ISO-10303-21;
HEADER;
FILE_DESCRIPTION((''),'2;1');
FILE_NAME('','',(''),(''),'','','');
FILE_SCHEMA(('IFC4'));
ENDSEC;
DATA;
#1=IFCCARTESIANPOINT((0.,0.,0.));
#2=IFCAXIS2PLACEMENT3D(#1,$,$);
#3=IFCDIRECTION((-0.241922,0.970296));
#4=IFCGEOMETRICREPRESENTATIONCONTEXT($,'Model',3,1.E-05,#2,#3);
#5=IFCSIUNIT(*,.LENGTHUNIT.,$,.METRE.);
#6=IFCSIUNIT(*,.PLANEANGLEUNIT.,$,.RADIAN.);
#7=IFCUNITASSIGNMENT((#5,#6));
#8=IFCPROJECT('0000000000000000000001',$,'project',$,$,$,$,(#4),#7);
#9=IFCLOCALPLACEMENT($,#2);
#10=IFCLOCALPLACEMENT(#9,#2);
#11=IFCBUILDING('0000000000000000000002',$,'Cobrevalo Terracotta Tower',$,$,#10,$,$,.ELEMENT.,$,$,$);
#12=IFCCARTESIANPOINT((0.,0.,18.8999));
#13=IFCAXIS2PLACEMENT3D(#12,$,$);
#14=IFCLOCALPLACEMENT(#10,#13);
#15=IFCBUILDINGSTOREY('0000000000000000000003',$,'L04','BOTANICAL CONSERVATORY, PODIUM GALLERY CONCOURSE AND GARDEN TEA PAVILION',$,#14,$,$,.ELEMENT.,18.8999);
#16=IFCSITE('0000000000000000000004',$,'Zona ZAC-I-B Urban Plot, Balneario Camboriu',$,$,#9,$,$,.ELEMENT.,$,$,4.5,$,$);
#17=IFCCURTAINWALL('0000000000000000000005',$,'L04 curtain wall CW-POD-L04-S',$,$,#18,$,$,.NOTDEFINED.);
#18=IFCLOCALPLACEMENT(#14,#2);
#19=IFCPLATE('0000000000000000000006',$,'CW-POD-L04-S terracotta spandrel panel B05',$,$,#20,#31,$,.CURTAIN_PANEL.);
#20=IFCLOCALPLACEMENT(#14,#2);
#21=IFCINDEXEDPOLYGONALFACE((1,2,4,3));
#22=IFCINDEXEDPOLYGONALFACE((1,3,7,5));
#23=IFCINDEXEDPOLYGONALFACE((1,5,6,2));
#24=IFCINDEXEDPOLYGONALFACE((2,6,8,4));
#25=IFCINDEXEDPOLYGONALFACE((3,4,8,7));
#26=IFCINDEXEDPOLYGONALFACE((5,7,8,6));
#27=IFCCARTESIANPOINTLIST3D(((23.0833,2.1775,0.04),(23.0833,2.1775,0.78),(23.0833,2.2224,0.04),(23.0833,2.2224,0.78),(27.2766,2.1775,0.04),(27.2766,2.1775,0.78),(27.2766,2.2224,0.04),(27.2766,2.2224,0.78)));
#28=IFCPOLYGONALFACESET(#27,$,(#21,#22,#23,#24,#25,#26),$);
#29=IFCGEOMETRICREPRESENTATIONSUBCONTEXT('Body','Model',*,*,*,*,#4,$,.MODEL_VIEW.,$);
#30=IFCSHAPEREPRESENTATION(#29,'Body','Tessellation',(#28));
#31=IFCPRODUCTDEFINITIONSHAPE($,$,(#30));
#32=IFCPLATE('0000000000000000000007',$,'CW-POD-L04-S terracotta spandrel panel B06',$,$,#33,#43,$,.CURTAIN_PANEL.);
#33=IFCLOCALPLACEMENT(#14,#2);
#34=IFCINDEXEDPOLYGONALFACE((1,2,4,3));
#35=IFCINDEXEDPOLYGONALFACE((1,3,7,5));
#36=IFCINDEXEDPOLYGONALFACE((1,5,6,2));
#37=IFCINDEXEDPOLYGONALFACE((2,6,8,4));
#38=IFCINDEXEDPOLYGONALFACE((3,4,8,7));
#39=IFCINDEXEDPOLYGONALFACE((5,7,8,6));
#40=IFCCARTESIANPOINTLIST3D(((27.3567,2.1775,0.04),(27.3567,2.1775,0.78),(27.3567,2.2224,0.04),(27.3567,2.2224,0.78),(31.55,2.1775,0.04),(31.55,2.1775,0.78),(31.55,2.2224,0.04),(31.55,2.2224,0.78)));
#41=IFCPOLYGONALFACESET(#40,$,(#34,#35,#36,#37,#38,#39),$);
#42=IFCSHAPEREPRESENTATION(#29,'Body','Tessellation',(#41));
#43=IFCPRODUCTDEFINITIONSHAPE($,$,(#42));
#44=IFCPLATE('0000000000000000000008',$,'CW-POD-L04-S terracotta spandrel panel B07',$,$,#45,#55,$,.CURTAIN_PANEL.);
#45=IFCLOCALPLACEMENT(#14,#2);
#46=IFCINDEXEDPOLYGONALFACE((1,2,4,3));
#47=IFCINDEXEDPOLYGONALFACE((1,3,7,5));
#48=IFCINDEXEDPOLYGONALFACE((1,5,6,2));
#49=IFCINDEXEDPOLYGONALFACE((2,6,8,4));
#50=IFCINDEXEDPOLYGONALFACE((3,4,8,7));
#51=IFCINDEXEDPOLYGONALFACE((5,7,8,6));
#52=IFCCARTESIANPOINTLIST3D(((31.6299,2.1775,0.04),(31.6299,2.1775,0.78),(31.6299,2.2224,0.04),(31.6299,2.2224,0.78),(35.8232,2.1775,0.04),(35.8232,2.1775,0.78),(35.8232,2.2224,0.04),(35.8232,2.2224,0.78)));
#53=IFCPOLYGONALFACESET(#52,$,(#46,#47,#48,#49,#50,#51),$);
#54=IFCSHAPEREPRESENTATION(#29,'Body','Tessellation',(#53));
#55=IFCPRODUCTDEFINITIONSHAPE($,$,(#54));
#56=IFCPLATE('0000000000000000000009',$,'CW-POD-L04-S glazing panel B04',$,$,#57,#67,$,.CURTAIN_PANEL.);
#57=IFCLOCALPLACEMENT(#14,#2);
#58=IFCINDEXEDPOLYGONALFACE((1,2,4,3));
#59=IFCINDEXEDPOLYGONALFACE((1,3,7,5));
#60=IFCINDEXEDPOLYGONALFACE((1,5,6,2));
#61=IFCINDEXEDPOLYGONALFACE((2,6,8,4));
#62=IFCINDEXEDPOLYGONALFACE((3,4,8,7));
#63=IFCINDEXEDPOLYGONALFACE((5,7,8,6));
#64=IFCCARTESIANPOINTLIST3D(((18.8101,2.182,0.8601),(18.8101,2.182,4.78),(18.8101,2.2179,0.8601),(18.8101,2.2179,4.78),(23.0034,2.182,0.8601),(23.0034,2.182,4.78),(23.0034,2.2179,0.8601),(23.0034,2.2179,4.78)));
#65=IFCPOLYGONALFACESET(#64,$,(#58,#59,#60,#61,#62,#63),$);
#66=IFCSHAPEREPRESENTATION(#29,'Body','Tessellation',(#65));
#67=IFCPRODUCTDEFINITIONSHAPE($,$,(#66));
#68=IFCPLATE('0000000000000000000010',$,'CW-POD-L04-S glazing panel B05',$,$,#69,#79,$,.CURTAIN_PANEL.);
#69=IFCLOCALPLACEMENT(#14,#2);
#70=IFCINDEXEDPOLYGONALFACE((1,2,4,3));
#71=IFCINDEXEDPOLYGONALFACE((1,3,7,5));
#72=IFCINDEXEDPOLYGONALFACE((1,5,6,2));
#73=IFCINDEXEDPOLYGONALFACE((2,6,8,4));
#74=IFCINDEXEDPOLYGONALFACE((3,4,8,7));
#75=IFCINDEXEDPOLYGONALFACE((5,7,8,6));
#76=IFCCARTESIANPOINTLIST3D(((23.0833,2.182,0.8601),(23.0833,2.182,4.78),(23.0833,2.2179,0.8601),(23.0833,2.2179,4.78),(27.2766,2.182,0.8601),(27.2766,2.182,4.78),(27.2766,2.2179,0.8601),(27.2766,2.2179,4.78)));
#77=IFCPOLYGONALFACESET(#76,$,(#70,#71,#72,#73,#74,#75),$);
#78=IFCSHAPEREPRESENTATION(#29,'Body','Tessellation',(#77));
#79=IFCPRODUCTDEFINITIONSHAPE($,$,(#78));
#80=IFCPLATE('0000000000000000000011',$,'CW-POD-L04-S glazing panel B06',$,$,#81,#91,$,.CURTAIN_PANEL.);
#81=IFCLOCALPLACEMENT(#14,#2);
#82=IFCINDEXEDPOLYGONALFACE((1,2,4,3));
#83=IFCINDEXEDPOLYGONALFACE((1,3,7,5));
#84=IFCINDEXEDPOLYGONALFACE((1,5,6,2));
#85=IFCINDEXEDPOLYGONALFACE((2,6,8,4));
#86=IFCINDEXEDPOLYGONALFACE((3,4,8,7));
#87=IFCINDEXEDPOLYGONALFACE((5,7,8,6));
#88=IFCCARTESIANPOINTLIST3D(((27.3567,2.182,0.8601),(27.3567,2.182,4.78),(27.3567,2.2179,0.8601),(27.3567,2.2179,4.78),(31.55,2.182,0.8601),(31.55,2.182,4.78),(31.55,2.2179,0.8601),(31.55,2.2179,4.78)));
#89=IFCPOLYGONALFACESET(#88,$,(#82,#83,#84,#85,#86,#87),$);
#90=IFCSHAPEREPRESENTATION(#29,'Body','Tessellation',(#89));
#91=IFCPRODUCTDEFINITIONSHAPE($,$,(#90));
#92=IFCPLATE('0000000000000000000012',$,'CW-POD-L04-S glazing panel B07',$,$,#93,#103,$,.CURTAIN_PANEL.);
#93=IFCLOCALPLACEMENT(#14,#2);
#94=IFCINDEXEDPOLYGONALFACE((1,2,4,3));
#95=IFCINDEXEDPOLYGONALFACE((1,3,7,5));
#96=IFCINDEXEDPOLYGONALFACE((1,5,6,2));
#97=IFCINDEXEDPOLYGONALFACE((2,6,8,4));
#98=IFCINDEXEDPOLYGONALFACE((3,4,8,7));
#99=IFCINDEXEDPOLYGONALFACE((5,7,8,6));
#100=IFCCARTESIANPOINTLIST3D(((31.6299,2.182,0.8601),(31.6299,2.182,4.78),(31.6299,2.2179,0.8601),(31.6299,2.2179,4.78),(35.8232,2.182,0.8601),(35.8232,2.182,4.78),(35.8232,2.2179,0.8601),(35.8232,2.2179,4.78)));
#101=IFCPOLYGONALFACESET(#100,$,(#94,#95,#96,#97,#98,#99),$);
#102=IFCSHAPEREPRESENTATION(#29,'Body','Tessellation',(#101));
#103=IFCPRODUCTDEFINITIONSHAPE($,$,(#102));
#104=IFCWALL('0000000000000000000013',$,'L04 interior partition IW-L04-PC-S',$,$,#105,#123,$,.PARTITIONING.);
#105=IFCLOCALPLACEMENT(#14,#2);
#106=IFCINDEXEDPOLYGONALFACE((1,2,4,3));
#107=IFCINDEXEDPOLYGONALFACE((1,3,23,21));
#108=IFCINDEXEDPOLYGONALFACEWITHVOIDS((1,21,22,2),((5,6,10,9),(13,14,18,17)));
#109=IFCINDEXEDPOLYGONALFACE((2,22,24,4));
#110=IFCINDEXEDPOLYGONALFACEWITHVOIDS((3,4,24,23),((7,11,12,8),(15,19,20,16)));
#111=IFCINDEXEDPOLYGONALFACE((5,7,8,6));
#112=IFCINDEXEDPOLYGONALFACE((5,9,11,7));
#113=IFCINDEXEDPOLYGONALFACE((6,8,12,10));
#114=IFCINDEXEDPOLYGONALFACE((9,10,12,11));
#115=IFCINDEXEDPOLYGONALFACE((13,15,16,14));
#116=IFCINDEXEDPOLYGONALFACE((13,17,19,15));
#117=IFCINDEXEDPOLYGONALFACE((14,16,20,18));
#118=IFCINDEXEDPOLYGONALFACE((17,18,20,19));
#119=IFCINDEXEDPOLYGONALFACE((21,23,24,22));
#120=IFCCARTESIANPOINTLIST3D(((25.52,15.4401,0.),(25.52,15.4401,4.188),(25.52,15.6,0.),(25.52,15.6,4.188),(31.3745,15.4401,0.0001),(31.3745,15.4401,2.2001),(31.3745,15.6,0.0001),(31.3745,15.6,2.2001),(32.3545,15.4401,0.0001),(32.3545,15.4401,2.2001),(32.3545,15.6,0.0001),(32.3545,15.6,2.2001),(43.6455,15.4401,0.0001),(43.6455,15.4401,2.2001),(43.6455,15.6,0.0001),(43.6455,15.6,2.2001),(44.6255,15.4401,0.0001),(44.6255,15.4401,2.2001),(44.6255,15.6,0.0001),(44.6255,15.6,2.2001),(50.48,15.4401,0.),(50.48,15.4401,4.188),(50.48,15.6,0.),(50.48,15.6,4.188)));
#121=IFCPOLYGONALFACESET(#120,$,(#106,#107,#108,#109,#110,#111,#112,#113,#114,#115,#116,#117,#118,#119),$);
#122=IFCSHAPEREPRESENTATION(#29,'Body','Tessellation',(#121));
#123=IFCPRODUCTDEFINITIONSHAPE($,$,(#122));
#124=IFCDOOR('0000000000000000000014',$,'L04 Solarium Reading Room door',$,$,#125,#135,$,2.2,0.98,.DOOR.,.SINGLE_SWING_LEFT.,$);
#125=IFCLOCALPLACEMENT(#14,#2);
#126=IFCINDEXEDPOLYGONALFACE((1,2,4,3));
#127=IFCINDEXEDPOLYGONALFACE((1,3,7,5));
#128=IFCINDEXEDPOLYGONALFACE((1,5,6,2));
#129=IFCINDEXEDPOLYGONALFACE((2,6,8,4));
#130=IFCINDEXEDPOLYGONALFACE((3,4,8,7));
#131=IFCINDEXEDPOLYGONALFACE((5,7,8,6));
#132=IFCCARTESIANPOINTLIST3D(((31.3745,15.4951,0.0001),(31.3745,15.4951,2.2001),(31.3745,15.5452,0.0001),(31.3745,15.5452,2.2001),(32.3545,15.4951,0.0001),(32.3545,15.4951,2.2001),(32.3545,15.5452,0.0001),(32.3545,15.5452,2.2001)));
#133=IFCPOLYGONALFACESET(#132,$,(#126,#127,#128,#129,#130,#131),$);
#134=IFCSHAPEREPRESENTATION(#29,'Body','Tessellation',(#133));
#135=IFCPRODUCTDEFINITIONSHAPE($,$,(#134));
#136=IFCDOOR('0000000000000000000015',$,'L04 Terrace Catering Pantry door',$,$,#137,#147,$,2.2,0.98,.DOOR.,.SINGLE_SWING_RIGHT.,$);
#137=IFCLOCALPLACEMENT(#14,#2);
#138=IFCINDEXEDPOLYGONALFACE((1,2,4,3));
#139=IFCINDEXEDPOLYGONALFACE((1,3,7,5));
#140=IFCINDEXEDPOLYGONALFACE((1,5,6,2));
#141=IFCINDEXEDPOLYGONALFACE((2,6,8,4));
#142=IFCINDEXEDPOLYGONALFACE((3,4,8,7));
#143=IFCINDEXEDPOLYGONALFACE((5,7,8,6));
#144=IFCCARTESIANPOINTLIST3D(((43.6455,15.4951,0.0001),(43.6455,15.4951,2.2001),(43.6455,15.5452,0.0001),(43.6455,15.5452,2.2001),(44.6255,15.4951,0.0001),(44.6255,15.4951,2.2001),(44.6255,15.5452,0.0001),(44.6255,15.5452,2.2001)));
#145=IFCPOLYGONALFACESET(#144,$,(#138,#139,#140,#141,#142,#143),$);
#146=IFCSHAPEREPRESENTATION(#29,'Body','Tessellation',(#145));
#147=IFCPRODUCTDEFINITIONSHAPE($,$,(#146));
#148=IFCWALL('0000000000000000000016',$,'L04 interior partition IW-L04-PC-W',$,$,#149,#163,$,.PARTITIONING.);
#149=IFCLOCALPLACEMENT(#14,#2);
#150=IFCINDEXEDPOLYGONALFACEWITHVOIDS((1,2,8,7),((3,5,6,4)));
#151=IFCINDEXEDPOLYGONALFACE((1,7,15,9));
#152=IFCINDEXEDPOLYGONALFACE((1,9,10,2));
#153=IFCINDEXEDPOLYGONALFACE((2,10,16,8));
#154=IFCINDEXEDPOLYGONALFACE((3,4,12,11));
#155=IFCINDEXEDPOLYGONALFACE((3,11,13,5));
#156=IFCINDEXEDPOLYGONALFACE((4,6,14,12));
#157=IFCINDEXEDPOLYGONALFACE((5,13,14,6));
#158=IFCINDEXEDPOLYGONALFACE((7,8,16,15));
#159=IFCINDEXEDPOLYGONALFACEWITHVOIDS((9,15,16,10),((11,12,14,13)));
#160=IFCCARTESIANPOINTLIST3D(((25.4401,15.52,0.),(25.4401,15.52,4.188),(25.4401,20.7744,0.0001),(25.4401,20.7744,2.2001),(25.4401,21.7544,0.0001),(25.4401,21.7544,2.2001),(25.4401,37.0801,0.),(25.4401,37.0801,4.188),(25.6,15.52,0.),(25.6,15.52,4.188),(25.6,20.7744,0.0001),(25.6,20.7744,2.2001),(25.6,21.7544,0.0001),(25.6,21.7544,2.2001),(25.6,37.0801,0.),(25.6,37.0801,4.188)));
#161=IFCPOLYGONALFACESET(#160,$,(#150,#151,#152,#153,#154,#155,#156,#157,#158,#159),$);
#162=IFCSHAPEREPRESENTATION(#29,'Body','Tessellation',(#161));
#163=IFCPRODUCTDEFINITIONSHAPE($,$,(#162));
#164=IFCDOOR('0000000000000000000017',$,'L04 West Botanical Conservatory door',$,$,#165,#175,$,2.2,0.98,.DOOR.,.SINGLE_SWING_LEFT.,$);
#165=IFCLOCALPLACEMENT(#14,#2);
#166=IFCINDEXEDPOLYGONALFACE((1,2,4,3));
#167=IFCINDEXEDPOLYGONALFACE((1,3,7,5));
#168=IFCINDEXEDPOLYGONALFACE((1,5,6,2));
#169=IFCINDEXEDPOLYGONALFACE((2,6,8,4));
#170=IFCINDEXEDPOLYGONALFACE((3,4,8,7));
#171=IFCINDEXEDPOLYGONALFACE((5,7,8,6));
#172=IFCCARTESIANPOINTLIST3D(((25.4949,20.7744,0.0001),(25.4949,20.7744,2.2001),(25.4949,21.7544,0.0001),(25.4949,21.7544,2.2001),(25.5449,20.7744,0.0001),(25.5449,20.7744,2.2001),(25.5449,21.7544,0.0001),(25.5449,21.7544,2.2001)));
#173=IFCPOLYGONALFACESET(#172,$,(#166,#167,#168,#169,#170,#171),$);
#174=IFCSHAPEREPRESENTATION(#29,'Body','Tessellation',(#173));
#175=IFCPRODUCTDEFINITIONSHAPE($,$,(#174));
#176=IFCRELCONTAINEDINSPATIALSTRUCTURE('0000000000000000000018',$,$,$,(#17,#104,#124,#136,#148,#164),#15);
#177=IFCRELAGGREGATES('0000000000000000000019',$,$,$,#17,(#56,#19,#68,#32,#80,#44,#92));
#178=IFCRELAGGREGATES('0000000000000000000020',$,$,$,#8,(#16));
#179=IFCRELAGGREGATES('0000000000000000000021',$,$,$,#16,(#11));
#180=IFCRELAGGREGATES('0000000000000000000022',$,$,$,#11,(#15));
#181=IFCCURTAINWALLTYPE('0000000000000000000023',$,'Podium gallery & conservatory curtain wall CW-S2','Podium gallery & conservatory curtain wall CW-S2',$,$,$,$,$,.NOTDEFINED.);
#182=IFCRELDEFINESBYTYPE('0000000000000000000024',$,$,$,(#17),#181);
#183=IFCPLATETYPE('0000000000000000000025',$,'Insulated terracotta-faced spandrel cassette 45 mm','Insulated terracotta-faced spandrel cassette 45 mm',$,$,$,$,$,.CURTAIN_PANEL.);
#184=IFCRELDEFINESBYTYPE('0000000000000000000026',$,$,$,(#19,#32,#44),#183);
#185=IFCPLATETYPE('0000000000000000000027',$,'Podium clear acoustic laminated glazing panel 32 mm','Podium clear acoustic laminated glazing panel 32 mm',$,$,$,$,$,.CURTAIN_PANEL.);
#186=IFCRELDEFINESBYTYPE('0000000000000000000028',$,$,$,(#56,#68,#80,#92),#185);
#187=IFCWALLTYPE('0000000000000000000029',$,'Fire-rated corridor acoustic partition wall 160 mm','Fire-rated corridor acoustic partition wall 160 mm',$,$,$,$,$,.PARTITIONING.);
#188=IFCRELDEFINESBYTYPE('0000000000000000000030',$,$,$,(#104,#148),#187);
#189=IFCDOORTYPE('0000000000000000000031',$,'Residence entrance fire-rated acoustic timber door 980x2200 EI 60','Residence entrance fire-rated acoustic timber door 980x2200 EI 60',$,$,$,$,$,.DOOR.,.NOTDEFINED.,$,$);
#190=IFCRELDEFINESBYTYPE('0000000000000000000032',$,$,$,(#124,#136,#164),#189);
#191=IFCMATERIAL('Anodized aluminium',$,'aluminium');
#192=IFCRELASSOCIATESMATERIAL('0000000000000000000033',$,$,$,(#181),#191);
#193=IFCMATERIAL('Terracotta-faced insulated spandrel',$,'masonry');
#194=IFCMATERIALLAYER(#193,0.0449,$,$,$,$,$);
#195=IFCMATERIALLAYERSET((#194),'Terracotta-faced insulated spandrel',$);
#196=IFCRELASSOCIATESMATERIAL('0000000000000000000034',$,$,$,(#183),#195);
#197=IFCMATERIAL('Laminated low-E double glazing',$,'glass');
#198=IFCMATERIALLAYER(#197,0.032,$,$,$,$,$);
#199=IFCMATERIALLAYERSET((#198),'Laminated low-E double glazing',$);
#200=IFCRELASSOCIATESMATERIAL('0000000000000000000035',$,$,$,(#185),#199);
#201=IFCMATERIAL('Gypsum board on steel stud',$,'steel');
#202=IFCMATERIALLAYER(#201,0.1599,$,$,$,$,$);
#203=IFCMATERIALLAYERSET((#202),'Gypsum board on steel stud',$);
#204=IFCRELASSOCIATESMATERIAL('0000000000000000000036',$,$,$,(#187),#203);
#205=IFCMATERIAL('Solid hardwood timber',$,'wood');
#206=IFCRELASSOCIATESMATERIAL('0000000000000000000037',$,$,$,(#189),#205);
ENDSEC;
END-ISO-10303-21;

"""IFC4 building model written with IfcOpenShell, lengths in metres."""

from ifc_helpers import new_model, si_unit, direction, frame, frame_2d, origin, origin_2d, place, context, subcontext, project, spatial, rectangle, extrude, source, transform, mapped, material, layer, layer_set, type_object, element, fill, aggregate, save


model = new_model("IFC4")

# Units and contexts
model_context = context("Model", 3, precision=1e-05, world=origin(), true_north=direction((-0.241922, 0.970296)))
body_context = subcontext(model_context, "Body", "Model", "MODEL_VIEW")
ifc_project = project(units=[si_unit("LENGTHUNIT", "METRE"), si_unit("PLANEANGLEUNIT", "RADIAN")], contexts=[model_context])

# Site, building, storey
site_placement = place(None, origin())
site = spatial("IfcSite", under=ifc_project, at=site_placement, Name="Zona ZAC-I-B Urban Plot, Balneario Camboriu", CompositionType="ELEMENT", RefElevation=4.5)
building_placement = place(site_placement, origin())
building = spatial("IfcBuilding", under=site, at=building_placement, Name="Cobrevalo Terracotta Tower", CompositionType="ELEMENT")
storey_placement = place(building_placement, frame((0.0, 0.0, 18.8999)))
storey = spatial("IfcBuildingStorey", under=building, at=storey_placement, Name="L04", Description="BOTANICAL CONSERVATORY, PODIUM GALLERY CONCOURSE AND GARDEN TEA PAVILION", CompositionType="ELEMENT", Elevation=18.8999)

# Curtain wall, plates
ifc_material_1 = material(Name="Anodized aluminium", Category="aluminium")
curtain_wall_type = type_object("IfcCurtainWallType", Name="Podium gallery & conservatory curtain wall CW-S2", Description="Podium gallery & conservatory curtain wall CW-S2", PredefinedType="NOTDEFINED", material=ifc_material_1)
curtain_wall_placement = place(storey_placement, origin())
curtain_wall = element("IfcCurtainWall", 1, at=curtain_wall_placement, inside=storey, type_object=curtain_wall_type, Name="L04 curtain wall CW-POD-L04-S", PredefinedType="NOTDEFINED")
ifc_material_2 = material(Name="Terracotta-faced insulated spandrel", Category="masonry")
ifc_layer_1 = layer(ifc_material_2, 0.0449)
ifc_layer_set_1 = layer_set([ifc_layer_1], Name="Terracotta-faced insulated spandrel")
plate_type_1 = type_object("IfcPlateType", Name="Insulated terracotta-faced spandrel cassette 45 mm", Description="Insulated terracotta-faced spandrel cassette 45 mm", PredefinedType="CURTAIN_PANEL", material=ifc_layer_set_1)
shared_shape_1 = source(origin(), body_context, "Body", "SweptSolid", [
    extrude(rectangle(XDim=4.1934, YDim=0.0449, at=origin_2d()), origin(), (0.0, 0.0, 1.0), 0.74),
])
plate_1_placement = place(storey_placement, frame((25.1799, 2.2, 0.04), z_axis=(0.0, 0.0, 1.0), x_axis=(1.0, 0.0, 0.0)))
plate_1 = element("IfcPlate", 2, at=plate_1_placement, type_object=plate_type_1, Name="CW-POD-L04-S terracotta spandrel panel B05", PredefinedType="CURTAIN_PANEL", context=body_context, shape_type="MappedRepresentation", body=[
    mapped(shared_shape_1, transform((0.0, 0.0, 0.0), scale=1.0)),
])
plate_2_placement = place(storey_placement, frame((29.4534, 2.2, 0.04), z_axis=(0.0, 0.0, 1.0), x_axis=(1.0, 0.0, 0.0)))
plate_2 = element("IfcPlate", 3, at=plate_2_placement, type_object=plate_type_1, Name="CW-POD-L04-S terracotta spandrel panel B06", PredefinedType="CURTAIN_PANEL", context=body_context, shape_type="MappedRepresentation", body=[
    mapped(shared_shape_1, transform((0.0, 0.0, 0.0), scale=1.0)),
])
plate_3_placement = place(storey_placement, frame((33.7266, 2.2, 0.04), z_axis=(0.0, 0.0, 1.0), x_axis=(1.0, 0.0, 0.0)))
plate_3 = element("IfcPlate", 4, at=plate_3_placement, type_object=plate_type_1, Name="CW-POD-L04-S terracotta spandrel panel B07", PredefinedType="CURTAIN_PANEL", context=body_context, shape_type="MappedRepresentation", body=[
    mapped(shared_shape_1, transform((0.0, 0.0, 0.0), scale=1.0)),
])
ifc_material_3 = material(Name="Laminated low-E double glazing", Category="glass")
ifc_layer_2 = layer(ifc_material_3, 0.032)
ifc_layer_set_2 = layer_set([ifc_layer_2], Name="Laminated low-E double glazing")
plate_type_2 = type_object("IfcPlateType", Name="Podium clear acoustic laminated glazing panel 32 mm", Description="Podium clear acoustic laminated glazing panel 32 mm", PredefinedType="CURTAIN_PANEL", material=ifc_layer_set_2)
shared_shape_2 = source(origin(), body_context, "Body", "SweptSolid", [
    extrude(rectangle(XDim=4.1934, YDim=0.0359, at=origin_2d()), origin(), (0.0, 0.0, 1.0), 3.9199),
])
plate_4_placement = place(storey_placement, frame((20.9067, 2.2, 0.8601), z_axis=(0.0, 0.0, 1.0), x_axis=(1.0, 0.0, 0.0)))
plate_4 = element("IfcPlate", 5, at=plate_4_placement, type_object=plate_type_2, Name="CW-POD-L04-S glazing panel B04", PredefinedType="CURTAIN_PANEL", context=body_context, shape_type="MappedRepresentation", body=[
    mapped(shared_shape_2, transform((0.0, 0.0, 0.0), scale=1.0)),
])
plate_5_placement = place(storey_placement, frame((25.1799, 2.2, 0.8601), z_axis=(0.0, 0.0, 1.0), x_axis=(1.0, 0.0, 0.0)))
plate_5 = element("IfcPlate", 6, at=plate_5_placement, type_object=plate_type_2, Name="CW-POD-L04-S glazing panel B05", PredefinedType="CURTAIN_PANEL", context=body_context, shape_type="MappedRepresentation", body=[
    mapped(shared_shape_2, transform((0.0, 0.0, 0.0), scale=1.0)),
])
plate_6_placement = place(storey_placement, frame((29.4534, 2.2, 0.8601), z_axis=(0.0, 0.0, 1.0), x_axis=(1.0, 0.0, 0.0)))
plate_6 = element("IfcPlate", 7, at=plate_6_placement, type_object=plate_type_2, Name="CW-POD-L04-S glazing panel B06", PredefinedType="CURTAIN_PANEL", context=body_context, shape_type="MappedRepresentation", body=[
    mapped(shared_shape_2, transform((0.0, 0.0, 0.0), scale=1.0)),
])
plate_7_placement = place(storey_placement, frame((33.7266, 2.2, 0.8601), z_axis=(0.0, 0.0, 1.0), x_axis=(1.0, 0.0, 0.0)))
plate_7 = element("IfcPlate", 8, at=plate_7_placement, type_object=plate_type_2, Name="CW-POD-L04-S glazing panel B07", PredefinedType="CURTAIN_PANEL", context=body_context, shape_type="MappedRepresentation", body=[
    mapped(shared_shape_2, transform((0.0, 0.0, 0.0), scale=1.0)),
])
aggregate(curtain_wall, [plate_4, plate_1, plate_5, plate_2, plate_6, plate_3, plate_7])

# Wall, openings, doors
ifc_material_4 = material(Name="Gypsum board on steel stud", Category="steel")
ifc_layer_3 = layer(ifc_material_4, 0.1599)
ifc_layer_set_3 = layer_set([ifc_layer_3], Name="Gypsum board on steel stud")
wall_type = type_object("IfcWallType", Name="Fire-rated corridor acoustic partition wall 160 mm", Description="Fire-rated corridor acoustic partition wall 160 mm", PredefinedType="PARTITIONING", material=ifc_layer_set_3)
wall_1_placement = place(storey_placement, frame((25.52, 15.52, 0.0), z_axis=(0.0, 0.0, 1.0), x_axis=(1.0, 0.0, 0.0)))
wall_1 = element("IfcWall", 9, at=wall_1_placement, inside=storey, type_object=wall_type, Name="L04 interior partition IW-L04-PC-S", PredefinedType="PARTITIONING", context=body_context, shape_type="SweptSolid", body=[
    extrude(rectangle(XDim=24.96, YDim=0.1599, at=frame_2d((12.48, 0.0))), origin(), (0.0, 0.0, 1.0), 4.188),
])
opening_1_placement = place(wall_1_placement, frame((5.8545, 0.0, 0.0)))
opening_1 = element("IfcOpeningElement", 10, at=opening_1_placement, cuts=wall_1, PredefinedType="OPENING", context=body_context, shape_type="SweptSolid", body=[
    extrude(rectangle(XDim=0.98, YDim=2.2, at=frame_2d((0.49, 1.1001))), frame((0.0, 0.0898, 0.0), z_axis=(0.0, -1.0, 0.0), x_axis=(1.0, 0.0, 0.0)), (0.0, 0.0, 1.0), 0.1799),
])
opening_2_placement = place(wall_1_placement, frame((18.1255, 0.0, 0.0)))
opening_2 = element("IfcOpeningElement", 11, at=opening_2_placement, cuts=wall_1, PredefinedType="OPENING", context=body_context, shape_type="SweptSolid", body=[
    extrude(rectangle(XDim=0.98, YDim=2.2, at=frame_2d((0.49, 1.1001))), frame((0.0, 0.0898, 0.0), z_axis=(0.0, -1.0, 0.0), x_axis=(1.0, 0.0, 0.0)), (0.0, 0.0, 1.0), 0.1799),
])
ifc_material_5 = material(Name="Solid hardwood timber", Category="wood")
door_type = type_object("IfcDoorType", Name="Residence entrance fire-rated acoustic timber door 980x2200 EI 60", Description="Residence entrance fire-rated acoustic timber door 980x2200 EI 60", OperationType="NOTDEFINED", PredefinedType="DOOR", material=ifc_material_5)
shared_shape_3 = source(origin(), body_context, "Body", "SweptSolid", [
    extrude(rectangle(XDim=0.98, YDim=2.2, at=frame_2d((0.49, 1.1001))), frame((0.0, 0.0249, 0.0), z_axis=(0.0, -1.0, 0.0), x_axis=(1.0, 0.0, 0.0)), (0.0, 0.0, 1.0), 0.05),
])
door_1_placement = place(opening_1_placement, frame((0.98, 0.0, 0.0), z_axis=(0.0, 0.0, 1.0), x_axis=(-1.0, 0.0, 0.0)))
door_1 = element("IfcDoor", 12, at=door_1_placement, inside=storey, type_object=door_type, Name="L04 Solarium Reading Room door", OperationType="SINGLE_SWING_LEFT", OverallHeight=2.2, OverallWidth=0.98, PredefinedType="DOOR", context=body_context, shape_type="MappedRepresentation", body=[
    mapped(shared_shape_3, transform((0.0, 0.0, 0.0), scale=1.0)),
])
fill(opening_1, door_1)
door_2_placement = place(opening_2_placement, frame((0.98, 0.0, 0.0), z_axis=(0.0, 0.0, 1.0), x_axis=(-1.0, 0.0, 0.0)))
door_2 = element("IfcDoor", 13, at=door_2_placement, inside=storey, type_object=door_type, Name="L04 Terrace Catering Pantry door", OperationType="SINGLE_SWING_RIGHT", OverallHeight=2.2, OverallWidth=0.98, PredefinedType="DOOR", context=body_context, shape_type="MappedRepresentation", body=[
    mapped(shared_shape_3, transform((0.0, 0.0, 0.0), scale=1.0)),
])
fill(opening_2, door_2)

# Wall, opening, door
wall_2_placement = place(storey_placement, frame((25.52, 15.52, 0.0), z_axis=(0.0, 0.0, 1.0), x_axis=(0.0, 1.0, 0.0)))
wall_2 = element("IfcWall", 14, at=wall_2_placement, inside=storey, type_object=wall_type, Name="L04 interior partition IW-L04-PC-W", PredefinedType="PARTITIONING", context=body_context, shape_type="SweptSolid", body=[
    extrude(rectangle(XDim=21.5601, YDim=0.1599, at=frame_2d((10.78, 0.0))), origin(), (0.0, 0.0, 1.0), 4.188),
])
opening_3_placement = place(wall_2_placement, frame((5.2544, 0.0, 0.0)))
opening_3 = element("IfcOpeningElement", 15, at=opening_3_placement, cuts=wall_2, PredefinedType="OPENING", context=body_context, shape_type="SweptSolid", body=[
    extrude(rectangle(XDim=0.98, YDim=2.2, at=frame_2d((0.49, 1.1001))), frame((0.0, 0.0898, 0.0), z_axis=(0.0, -1.0, 0.0), x_axis=(1.0, 0.0, 0.0)), (0.0, 0.0, 1.0), 0.1799),
])
door_3_placement = place(opening_3_placement, frame((0.98, 0.0, 0.0), z_axis=(0.0, 0.0, 1.0), x_axis=(-1.0, 0.0, 0.0)))
door_3 = element("IfcDoor", 16, at=door_3_placement, inside=storey, type_object=door_type, Name="L04 West Botanical Conservatory door", OperationType="SINGLE_SWING_LEFT", OverallHeight=2.2, OverallWidth=0.98, PredefinedType="DOOR", context=body_context, shape_type="MappedRepresentation", body=[
    mapped(shared_shape_3, transform((0.0, 0.0, 0.0), scale=1.0)),
])
fill(opening_3, door_3)

save(model, "model.ifc")
